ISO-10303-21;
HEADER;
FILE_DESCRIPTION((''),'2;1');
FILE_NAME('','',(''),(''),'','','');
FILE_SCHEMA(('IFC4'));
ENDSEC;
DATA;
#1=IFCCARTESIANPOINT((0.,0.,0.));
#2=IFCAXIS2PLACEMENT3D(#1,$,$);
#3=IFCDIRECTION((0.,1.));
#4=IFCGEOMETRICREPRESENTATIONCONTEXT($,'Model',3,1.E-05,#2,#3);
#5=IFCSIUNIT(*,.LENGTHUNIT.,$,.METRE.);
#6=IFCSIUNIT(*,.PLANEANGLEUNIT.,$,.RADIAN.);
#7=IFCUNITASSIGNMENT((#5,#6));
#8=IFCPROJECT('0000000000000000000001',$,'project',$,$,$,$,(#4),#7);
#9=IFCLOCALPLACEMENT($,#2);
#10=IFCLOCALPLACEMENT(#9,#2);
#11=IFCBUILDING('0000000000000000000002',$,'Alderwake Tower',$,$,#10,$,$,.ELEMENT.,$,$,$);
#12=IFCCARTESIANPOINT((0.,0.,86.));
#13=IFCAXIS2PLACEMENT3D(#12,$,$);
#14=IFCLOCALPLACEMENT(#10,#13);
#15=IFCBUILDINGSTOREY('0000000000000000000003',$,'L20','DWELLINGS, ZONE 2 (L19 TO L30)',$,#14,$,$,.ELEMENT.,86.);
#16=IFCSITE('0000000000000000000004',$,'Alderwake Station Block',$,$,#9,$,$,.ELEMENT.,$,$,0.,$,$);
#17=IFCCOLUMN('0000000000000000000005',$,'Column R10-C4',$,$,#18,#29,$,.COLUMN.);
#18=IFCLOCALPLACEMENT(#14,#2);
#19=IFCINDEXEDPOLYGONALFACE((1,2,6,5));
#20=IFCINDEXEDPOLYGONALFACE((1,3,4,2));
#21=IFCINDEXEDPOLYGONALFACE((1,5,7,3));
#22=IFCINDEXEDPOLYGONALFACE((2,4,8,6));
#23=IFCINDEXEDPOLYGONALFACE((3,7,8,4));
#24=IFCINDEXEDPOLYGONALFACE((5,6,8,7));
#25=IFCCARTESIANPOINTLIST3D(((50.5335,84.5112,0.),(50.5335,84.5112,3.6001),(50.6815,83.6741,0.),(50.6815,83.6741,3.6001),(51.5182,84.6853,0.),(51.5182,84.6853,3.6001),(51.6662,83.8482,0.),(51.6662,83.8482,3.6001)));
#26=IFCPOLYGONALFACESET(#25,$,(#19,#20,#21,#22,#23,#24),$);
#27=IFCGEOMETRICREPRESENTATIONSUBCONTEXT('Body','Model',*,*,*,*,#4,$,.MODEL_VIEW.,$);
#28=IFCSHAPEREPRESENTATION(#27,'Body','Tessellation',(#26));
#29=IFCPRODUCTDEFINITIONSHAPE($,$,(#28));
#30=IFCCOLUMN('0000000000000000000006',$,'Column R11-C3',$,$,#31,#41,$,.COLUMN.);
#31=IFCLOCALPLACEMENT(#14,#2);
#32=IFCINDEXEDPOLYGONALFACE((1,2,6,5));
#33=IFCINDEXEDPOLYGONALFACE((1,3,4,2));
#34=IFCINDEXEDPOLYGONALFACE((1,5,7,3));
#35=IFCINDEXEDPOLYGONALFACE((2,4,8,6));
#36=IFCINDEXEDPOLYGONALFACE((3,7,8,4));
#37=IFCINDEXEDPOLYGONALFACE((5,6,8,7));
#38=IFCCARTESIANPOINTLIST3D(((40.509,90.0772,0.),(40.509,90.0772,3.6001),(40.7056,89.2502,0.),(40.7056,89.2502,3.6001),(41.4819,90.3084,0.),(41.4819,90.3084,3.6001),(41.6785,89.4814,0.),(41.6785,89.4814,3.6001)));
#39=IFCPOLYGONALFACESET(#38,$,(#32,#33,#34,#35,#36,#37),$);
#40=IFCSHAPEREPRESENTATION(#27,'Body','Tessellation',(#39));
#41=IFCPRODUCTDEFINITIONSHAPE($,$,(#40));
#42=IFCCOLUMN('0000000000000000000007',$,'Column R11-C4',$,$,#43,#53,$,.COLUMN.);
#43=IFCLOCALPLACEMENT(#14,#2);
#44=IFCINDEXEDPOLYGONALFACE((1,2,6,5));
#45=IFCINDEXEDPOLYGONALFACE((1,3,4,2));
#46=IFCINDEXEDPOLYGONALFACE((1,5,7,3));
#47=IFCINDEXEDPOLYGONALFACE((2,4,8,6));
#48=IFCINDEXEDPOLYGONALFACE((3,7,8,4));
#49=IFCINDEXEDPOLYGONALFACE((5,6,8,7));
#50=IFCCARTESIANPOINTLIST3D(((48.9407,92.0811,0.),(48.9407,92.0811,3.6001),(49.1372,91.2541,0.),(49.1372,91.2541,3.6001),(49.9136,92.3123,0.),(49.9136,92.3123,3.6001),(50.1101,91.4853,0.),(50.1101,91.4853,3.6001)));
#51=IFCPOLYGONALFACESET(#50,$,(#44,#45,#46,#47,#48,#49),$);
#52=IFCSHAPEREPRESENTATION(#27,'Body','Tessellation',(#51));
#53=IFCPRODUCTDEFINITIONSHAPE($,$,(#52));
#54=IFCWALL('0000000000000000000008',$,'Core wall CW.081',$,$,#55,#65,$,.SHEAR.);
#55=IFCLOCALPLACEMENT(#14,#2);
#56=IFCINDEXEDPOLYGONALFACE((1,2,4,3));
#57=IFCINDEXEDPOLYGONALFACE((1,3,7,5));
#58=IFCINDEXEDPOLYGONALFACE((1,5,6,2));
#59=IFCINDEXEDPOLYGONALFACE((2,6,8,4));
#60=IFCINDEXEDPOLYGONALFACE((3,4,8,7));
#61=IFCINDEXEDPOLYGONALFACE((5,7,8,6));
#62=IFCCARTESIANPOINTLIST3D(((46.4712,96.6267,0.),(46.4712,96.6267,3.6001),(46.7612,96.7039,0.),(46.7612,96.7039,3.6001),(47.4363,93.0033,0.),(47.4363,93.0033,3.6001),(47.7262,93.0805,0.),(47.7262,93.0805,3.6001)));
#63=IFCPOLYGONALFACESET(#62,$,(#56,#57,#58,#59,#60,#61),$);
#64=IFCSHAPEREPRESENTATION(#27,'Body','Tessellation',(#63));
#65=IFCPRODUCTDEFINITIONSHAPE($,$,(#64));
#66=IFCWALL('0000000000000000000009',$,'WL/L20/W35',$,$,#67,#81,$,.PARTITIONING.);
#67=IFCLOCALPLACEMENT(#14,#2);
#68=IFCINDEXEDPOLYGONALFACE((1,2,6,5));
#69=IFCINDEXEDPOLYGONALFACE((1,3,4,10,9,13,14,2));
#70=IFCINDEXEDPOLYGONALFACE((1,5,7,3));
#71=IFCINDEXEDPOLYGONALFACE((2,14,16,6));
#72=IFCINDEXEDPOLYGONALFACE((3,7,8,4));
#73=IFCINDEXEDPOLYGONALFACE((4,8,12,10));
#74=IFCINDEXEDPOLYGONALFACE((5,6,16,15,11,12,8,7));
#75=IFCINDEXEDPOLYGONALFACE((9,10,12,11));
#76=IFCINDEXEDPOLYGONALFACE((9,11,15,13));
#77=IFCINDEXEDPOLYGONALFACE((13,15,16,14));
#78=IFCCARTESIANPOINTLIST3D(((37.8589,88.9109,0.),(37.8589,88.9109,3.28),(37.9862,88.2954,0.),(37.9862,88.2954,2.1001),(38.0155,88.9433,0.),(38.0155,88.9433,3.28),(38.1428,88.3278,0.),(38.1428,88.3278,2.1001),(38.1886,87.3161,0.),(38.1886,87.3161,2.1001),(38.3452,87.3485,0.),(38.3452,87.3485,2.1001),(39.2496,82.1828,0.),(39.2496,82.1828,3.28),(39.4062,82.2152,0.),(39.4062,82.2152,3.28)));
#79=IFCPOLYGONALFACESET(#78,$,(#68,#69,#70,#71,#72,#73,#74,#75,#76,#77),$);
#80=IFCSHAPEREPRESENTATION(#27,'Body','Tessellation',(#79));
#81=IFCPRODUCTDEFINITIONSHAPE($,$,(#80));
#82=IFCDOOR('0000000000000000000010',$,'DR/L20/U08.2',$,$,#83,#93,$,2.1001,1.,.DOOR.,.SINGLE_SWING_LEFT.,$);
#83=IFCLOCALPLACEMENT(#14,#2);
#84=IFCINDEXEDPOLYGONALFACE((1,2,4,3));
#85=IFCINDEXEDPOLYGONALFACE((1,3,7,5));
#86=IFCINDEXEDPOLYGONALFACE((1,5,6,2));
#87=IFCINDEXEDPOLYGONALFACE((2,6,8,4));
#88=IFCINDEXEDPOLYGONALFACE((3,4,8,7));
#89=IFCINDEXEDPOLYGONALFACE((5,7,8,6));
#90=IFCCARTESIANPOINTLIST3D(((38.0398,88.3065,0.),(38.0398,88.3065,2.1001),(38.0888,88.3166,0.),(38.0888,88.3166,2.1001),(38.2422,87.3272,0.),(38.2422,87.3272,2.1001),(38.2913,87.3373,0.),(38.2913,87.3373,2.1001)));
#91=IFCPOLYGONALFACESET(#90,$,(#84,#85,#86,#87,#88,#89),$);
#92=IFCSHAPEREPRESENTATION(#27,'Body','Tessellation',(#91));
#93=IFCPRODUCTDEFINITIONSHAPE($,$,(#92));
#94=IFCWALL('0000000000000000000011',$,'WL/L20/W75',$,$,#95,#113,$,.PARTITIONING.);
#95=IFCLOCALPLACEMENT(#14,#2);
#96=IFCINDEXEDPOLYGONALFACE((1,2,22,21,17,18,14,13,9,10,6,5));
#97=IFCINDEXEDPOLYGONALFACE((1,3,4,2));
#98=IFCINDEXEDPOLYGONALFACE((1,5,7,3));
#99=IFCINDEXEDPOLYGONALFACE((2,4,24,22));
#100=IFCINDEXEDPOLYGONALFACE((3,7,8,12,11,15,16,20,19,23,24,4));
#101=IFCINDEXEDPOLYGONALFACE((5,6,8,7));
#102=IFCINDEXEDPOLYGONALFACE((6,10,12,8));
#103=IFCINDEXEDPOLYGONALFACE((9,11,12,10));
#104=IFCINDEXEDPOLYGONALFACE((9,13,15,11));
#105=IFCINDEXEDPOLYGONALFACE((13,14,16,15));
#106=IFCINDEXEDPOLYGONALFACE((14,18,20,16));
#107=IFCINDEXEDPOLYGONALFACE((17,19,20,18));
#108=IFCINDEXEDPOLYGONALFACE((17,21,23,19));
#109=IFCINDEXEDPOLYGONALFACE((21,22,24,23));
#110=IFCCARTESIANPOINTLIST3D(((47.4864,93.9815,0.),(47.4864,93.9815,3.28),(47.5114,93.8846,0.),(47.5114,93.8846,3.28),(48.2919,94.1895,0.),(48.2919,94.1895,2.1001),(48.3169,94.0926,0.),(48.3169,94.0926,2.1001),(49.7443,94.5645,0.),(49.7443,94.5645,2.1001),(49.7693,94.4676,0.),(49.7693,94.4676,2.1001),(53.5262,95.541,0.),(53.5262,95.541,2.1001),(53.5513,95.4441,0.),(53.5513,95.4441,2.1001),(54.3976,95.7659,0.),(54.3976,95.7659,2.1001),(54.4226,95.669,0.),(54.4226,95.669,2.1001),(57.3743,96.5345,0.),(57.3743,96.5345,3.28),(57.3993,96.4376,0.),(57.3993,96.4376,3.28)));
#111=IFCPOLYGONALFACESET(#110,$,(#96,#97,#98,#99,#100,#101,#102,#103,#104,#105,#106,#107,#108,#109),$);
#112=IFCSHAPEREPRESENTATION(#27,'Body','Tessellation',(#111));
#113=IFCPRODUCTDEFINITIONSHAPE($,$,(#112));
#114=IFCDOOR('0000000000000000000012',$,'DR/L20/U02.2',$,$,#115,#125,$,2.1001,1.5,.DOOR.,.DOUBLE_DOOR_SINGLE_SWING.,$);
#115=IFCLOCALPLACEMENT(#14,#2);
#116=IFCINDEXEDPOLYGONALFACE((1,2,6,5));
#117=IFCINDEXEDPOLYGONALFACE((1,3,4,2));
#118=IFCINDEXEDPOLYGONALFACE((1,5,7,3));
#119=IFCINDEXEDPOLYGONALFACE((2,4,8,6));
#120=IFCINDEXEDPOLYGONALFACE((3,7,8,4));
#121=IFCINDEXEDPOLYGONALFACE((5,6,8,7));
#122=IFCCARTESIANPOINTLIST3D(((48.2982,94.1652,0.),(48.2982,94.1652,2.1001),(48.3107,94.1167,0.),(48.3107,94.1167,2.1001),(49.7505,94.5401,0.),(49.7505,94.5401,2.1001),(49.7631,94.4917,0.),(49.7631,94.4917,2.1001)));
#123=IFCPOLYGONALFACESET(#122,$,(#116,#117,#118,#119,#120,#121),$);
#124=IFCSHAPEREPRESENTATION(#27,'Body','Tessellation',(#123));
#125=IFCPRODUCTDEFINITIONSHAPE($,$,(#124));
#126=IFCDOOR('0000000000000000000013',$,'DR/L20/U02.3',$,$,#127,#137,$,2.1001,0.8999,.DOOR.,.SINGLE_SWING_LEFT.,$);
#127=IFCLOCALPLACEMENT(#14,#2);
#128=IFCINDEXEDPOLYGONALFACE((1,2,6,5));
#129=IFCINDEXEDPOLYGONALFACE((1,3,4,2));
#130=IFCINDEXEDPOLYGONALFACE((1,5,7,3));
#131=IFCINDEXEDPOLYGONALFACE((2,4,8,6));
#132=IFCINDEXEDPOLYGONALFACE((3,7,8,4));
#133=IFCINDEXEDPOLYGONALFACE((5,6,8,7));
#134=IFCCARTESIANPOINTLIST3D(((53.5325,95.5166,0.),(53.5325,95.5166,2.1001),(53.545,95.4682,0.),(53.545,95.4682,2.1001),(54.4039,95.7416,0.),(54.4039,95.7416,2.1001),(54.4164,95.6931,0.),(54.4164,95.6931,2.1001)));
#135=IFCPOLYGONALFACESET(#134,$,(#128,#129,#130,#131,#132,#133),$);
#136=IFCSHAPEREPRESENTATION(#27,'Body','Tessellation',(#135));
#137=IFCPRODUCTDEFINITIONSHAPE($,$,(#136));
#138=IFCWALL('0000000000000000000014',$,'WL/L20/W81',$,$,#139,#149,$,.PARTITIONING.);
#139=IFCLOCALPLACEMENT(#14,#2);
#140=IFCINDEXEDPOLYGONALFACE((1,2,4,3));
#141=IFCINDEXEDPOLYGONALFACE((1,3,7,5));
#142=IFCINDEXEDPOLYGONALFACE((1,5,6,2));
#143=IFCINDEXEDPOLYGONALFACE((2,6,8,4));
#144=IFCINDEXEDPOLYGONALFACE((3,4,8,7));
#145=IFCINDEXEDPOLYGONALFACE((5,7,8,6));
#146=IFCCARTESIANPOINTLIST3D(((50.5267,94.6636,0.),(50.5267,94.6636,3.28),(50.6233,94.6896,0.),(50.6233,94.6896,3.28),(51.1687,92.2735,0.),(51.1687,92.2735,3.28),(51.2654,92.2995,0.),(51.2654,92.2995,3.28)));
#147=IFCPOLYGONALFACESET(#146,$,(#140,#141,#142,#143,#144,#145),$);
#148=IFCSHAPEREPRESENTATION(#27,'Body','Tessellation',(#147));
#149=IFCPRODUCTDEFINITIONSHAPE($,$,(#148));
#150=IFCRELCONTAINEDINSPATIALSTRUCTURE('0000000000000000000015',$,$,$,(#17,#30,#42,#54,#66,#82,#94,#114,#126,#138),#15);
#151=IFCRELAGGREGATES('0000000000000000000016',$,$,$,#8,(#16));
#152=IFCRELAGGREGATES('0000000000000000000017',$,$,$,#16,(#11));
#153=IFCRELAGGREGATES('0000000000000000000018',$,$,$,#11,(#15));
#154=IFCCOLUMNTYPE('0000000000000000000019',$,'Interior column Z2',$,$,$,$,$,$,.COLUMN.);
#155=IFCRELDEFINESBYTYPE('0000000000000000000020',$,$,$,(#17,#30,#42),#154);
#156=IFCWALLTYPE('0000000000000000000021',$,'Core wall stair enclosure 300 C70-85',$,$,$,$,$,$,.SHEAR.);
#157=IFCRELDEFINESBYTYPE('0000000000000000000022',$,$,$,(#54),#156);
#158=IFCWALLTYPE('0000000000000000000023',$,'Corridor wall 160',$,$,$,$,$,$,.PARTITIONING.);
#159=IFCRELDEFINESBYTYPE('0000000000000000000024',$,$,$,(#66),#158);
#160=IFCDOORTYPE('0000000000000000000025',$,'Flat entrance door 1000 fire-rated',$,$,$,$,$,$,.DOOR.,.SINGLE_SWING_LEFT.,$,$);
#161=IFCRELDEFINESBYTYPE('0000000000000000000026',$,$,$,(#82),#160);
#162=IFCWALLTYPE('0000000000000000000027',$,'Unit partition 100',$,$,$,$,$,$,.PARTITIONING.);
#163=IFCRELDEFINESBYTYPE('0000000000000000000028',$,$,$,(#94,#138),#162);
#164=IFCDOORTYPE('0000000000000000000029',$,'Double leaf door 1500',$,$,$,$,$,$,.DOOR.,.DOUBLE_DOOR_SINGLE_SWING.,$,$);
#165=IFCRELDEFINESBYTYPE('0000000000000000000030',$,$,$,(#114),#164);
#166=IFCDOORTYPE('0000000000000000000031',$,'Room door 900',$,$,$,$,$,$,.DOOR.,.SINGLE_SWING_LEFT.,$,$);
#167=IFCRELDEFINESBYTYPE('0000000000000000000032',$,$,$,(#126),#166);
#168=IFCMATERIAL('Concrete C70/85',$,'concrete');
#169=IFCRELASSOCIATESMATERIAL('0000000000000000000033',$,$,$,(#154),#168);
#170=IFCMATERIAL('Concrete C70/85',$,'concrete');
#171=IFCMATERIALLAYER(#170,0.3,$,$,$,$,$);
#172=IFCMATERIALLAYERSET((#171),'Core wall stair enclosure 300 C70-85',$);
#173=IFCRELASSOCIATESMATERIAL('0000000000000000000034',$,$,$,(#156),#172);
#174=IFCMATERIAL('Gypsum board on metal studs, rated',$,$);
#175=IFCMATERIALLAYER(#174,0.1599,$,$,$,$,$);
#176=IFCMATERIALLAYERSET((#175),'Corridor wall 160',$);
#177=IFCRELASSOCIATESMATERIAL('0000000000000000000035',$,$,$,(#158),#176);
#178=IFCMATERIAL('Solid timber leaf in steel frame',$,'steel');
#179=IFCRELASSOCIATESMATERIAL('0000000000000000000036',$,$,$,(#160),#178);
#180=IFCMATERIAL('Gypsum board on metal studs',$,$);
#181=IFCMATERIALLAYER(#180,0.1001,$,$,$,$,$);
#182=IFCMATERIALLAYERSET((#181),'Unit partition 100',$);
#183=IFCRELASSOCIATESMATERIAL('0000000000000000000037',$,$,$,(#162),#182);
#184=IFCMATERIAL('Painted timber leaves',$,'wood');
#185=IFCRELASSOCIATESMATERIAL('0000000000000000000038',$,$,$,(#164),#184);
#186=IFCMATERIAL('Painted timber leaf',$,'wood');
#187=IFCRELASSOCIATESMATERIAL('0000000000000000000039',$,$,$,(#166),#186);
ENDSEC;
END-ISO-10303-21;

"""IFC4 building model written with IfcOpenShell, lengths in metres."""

from ifc_helpers import new_model, si_unit, direction, frame, frame_2d, origin, origin_2d, place, context, subcontext, project, spatial, rectangle, extrude, material, layer, layer_set, material_profile, profile_set, type_object, element, fill, save


model = new_model("IFC4")

# Units and contexts
model_context = context("Model", 3, precision=1e-05, world=origin(), true_north=direction((0.0, 1.0)))
body_context = subcontext(model_context, "Body", "Model", "MODEL_VIEW")
ifc_project = project(units=[si_unit("LENGTHUNIT", "METRE"), si_unit("PLANEANGLEUNIT", "RADIAN")], contexts=[model_context])

# Site, building, storey
site_placement = place(None, origin())
site = spatial("IfcSite", under=ifc_project, at=site_placement, Name="Alderwake Station Block", CompositionType="ELEMENT", RefElevation=0.0)
building_placement = place(site_placement, origin())
building = spatial("IfcBuilding", under=site, at=building_placement, Name="Alderwake Tower", CompositionType="ELEMENT")
storey_placement = place(building_placement, frame((0.0, 0.0, 86.0)))
storey = spatial("IfcBuildingStorey", under=building, at=storey_placement, Name="L20", Description="DWELLINGS, ZONE 2 (L19 TO L30)", CompositionType="ELEMENT", Elevation=86.0)

# Columns
ifc_material_1 = material(Name="Concrete C70/85", Category="concrete")
ifc_material_profile = material_profile(ifc_material_1, rectangle(XDim=0.8501, YDim=1.0, at=origin_2d()), Name="RC 1000X850")
ifc_profile_set = profile_set([ifc_material_profile], Name="Concrete C70/85")
column_type = type_object("IfcColumnType", Name="Interior column Z2", PredefinedType="COLUMN", material=ifc_profile_set)
for number, where, z_axis, x_axis, name in (
    (1, (51.0999, 84.1797, 0.0), (0.0, 0.0, 1.0), (-0.174109, 0.984726, 0.0), "Column R10-C4"),
    (2, (41.0938, 89.7793, 0.0), (0.0, 0.0, 1.0), (-0.231222, 0.972901, 0.0), "Column R11-C3"),
    (3, (49.5254, 91.7832, 0.0), (0.0, 0.0, 1.0), (-0.231222, 0.972901, 0.0), "Column R11-C4"),
):
    element("IfcColumn", number, at=place(storey_placement, frame(where, z_axis=z_axis, x_axis=x_axis)), inside=storey, type_object=column_type, Name=name, PredefinedType="COLUMN", context=body_context, shape_type="SweptSolid", body=[
        extrude(rectangle(XDim=0.8501, YDim=1.0, at=origin_2d()), origin(), (0.0, 0.0, 1.0), 3.6001),
    ])

# Wall
ifc_material_2 = material(Name="Concrete C70/85", Category="concrete")
ifc_layer_1 = layer(ifc_material_2, 0.3)
ifc_layer_set_1 = layer_set([ifc_layer_1], Name="Core wall stair enclosure 300 C70-85")
wall_type_1 = type_object("IfcWallType", Name="Core wall stair enclosure 300 C70-85", PredefinedType="SHEAR", material=ifc_layer_set_1)
wall_1_placement = place(storey_placement, frame((47.5813, 93.0417, 0.0), z_axis=(0.0, 0.0, 1.0), x_axis=(-0.257367, 0.966314, 0.0)))
element("IfcWall", 4, at=wall_1_placement, inside=storey, type_object=wall_type_1, Name="Core wall CW.081", PredefinedType="SHEAR", context=body_context, shape_type="SweptSolid", body=[
    extrude(rectangle(XDim=3.7498, YDim=0.3, at=frame_2d((1.875, 0.0))), origin(), (0.0, 0.0, 1.0), 3.6001),
])

# Wall, opening, door
ifc_material_3 = material(Name="Gypsum board on metal studs, rated")
ifc_layer_2 = layer(ifc_material_3, 0.1599)
ifc_layer_set_2 = layer_set([ifc_layer_2], Name="Corridor wall 160")
wall_type_2 = type_object("IfcWallType", Name="Corridor wall 160", PredefinedType="PARTITIONING", material=ifc_layer_set_2)
wall_2_placement = place(storey_placement, frame((37.9373, 88.927, 0.0), z_axis=(0.0, 0.0, 1.0), x_axis=(0.202413, -0.9793, 0.0)))
wall_2 = element("IfcWall", 5, at=wall_2_placement, inside=storey, type_object=wall_type_2, Name="WL/L20/W35", PredefinedType="PARTITIONING", context=body_context, shape_type="SweptSolid", body=[
    extrude(rectangle(XDim=6.8704, YDim=0.1599, at=frame_2d((3.4351, 0.0))), origin(), (0.0, 0.0, 1.0), 3.28),
])
opening_1_placement = place(wall_2_placement, frame((0.6284, 0.0, 0.0)))
opening_1 = element("IfcOpeningElement", 6, at=opening_1_placement, cuts=wall_2, PredefinedType="OPENING", context=body_context, shape_type="SweptSolid", body=[
    extrude(rectangle(XDim=1.0, YDim=2.1001, at=frame_2d((0.5, 1.05))), frame((0.0, 0.0898, 0.0), z_axis=(0.0, -1.0, 0.0), x_axis=(1.0, 0.0, 0.0)), (0.0, 0.0, 1.0), 0.1799),
])
ifc_material_4 = material(Name="Solid timber leaf in steel frame", Category="steel")
door_type_1 = type_object("IfcDoorType", Name="Flat entrance door 1000 fire-rated", OperationType="SINGLE_SWING_LEFT", PredefinedType="DOOR", material=ifc_material_4)
door_1_placement = place(opening_1_placement, origin())
door_1 = element("IfcDoor", 7, at=door_1_placement, inside=storey, type_object=door_type_1, Name="DR/L20/U08.2", OperationType="SINGLE_SWING_LEFT", OverallHeight=2.1001, OverallWidth=1.0, PredefinedType="DOOR", context=body_context, shape_type="SweptSolid", body=[
    extrude(rectangle(XDim=1.0, YDim=2.1001, at=frame_2d((0.5, 1.05))), frame((0.0, 0.0249, 0.0), z_axis=(0.0, -1.0, 0.0), x_axis=(1.0, 0.0, 0.0)), (0.0, 0.0, 1.0), 0.05),
])
fill(opening_1, door_1)

# Wall, openings, doors
ifc_material_5 = material(Name="Gypsum board on metal studs")
ifc_layer_3 = layer(ifc_material_5, 0.1001)
ifc_layer_set_3 = layer_set([ifc_layer_3], Name="Unit partition 100")
wall_type_3 = type_object("IfcWallType", Name="Unit partition 100", PredefinedType="PARTITIONING", material=ifc_layer_set_3)
wall_3_placement = place(storey_placement, frame((47.499, 93.9331, 0.0), z_axis=(0.0, 0.0, 1.0), x_axis=(0.968248, 0.249993, 0.0)))
wall_3 = element("IfcWall", 8, at=wall_3_placement, inside=storey, type_object=wall_type_3, Name="WL/L20/W75", PredefinedType="PARTITIONING", context=body_context, shape_type="SweptSolid", body=[
    extrude(rectangle(XDim=10.2122, YDim=0.1001, at=frame_2d((5.106, 0.0))), origin(), (0.0, 0.0, 1.0), 3.28),
])
opening_2_placement = place(wall_3_placement, frame((0.8318, 0.0, 0.0)))
opening_2 = element("IfcOpeningElement", 9, at=opening_2_placement, cuts=wall_3, PredefinedType="OPENING", context=body_context, shape_type="SweptSolid", body=[
    extrude(rectangle(XDim=1.5, YDim=2.1001, at=frame_2d((0.75, 1.05))), frame((0.0, 0.0601, 0.0), z_axis=(0.0, -1.0, 0.0), x_axis=(1.0, 0.0, 0.0)), (0.0, 0.0, 1.0), 0.1201),
])
opening_3_placement = place(wall_3_placement, frame((6.2378, 0.0, 0.0)))
opening_3 = element("IfcOpeningElement", 10, at=opening_3_placement, cuts=wall_3, PredefinedType="OPENING", context=body_context, shape_type="SweptSolid", body=[
    extrude(rectangle(XDim=0.8999, YDim=2.1001, at=frame_2d((0.45, 1.05))), frame((0.0, 0.0601, 0.0), z_axis=(0.0, -1.0, 0.0), x_axis=(1.0, 0.0, 0.0)), (0.0, 0.0, 1.0), 0.1201),
])
ifc_material_6 = material(Name="Painted timber leaves", Category="wood")
door_type_2 = type_object("IfcDoorType", Name="Double leaf door 1500", OperationType="DOUBLE_DOOR_SINGLE_SWING", PredefinedType="DOOR", material=ifc_material_6)
door_2_placement = place(opening_2_placement, origin())
door_2 = element("IfcDoor", 11, at=door_2_placement, inside=storey, type_object=door_type_2, Name="DR/L20/U02.2", OperationType="DOUBLE_DOOR_SINGLE_SWING", OverallHeight=2.1001, OverallWidth=1.5, PredefinedType="DOOR", context=body_context, shape_type="SweptSolid", body=[
    extrude(rectangle(XDim=1.5, YDim=2.1001, at=frame_2d((0.75, 1.05))), frame((0.0, 0.0249, 0.0), z_axis=(0.0, -1.0, 0.0), x_axis=(1.0, 0.0, 0.0)), (0.0, 0.0, 1.0), 0.05),
])
fill(opening_2, door_2)
ifc_material_7 = material(Name="Painted timber leaf", Category="wood")
door_type_3 = type_object("IfcDoorType", Name="Room door 900", OperationType="SINGLE_SWING_LEFT", PredefinedType="DOOR", material=ifc_material_7)
door_3_placement = place(opening_3_placement, origin())
door_3 = element("IfcDoor", 12, at=door_3_placement, inside=storey, type_object=door_type_3, Name="DR/L20/U02.3", OperationType="SINGLE_SWING_LEFT", OverallHeight=2.1001, OverallWidth=0.8999, PredefinedType="DOOR", context=body_context, shape_type="SweptSolid", body=[
    extrude(rectangle(XDim=0.8999, YDim=2.1001, at=frame_2d((0.45, 1.05))), frame((0.0, 0.0249, 0.0), z_axis=(0.0, -1.0, 0.0), x_axis=(1.0, 0.0, 0.0)), (0.0, 0.0, 1.0), 0.05),
])
fill(opening_3, door_3)

# Wall
wall_4_placement = place(storey_placement, frame((51.217, 92.2866, 0.0), z_axis=(0.0, 0.0, 1.0), x_axis=(-0.259443, 0.965758, 0.0)))
element("IfcWall", 13, at=wall_4_placement, inside=storey, type_object=wall_type_3, Name="WL/L20/W81", PredefinedType="PARTITIONING", context=body_context, shape_type="SweptSolid", body=[
    extrude(rectangle(XDim=2.4749, YDim=0.1001, at=frame_2d((1.2373, 0.0))), origin(), (0.0, 0.0, 1.0), 3.28),
])

save(model, "model.ifc")
